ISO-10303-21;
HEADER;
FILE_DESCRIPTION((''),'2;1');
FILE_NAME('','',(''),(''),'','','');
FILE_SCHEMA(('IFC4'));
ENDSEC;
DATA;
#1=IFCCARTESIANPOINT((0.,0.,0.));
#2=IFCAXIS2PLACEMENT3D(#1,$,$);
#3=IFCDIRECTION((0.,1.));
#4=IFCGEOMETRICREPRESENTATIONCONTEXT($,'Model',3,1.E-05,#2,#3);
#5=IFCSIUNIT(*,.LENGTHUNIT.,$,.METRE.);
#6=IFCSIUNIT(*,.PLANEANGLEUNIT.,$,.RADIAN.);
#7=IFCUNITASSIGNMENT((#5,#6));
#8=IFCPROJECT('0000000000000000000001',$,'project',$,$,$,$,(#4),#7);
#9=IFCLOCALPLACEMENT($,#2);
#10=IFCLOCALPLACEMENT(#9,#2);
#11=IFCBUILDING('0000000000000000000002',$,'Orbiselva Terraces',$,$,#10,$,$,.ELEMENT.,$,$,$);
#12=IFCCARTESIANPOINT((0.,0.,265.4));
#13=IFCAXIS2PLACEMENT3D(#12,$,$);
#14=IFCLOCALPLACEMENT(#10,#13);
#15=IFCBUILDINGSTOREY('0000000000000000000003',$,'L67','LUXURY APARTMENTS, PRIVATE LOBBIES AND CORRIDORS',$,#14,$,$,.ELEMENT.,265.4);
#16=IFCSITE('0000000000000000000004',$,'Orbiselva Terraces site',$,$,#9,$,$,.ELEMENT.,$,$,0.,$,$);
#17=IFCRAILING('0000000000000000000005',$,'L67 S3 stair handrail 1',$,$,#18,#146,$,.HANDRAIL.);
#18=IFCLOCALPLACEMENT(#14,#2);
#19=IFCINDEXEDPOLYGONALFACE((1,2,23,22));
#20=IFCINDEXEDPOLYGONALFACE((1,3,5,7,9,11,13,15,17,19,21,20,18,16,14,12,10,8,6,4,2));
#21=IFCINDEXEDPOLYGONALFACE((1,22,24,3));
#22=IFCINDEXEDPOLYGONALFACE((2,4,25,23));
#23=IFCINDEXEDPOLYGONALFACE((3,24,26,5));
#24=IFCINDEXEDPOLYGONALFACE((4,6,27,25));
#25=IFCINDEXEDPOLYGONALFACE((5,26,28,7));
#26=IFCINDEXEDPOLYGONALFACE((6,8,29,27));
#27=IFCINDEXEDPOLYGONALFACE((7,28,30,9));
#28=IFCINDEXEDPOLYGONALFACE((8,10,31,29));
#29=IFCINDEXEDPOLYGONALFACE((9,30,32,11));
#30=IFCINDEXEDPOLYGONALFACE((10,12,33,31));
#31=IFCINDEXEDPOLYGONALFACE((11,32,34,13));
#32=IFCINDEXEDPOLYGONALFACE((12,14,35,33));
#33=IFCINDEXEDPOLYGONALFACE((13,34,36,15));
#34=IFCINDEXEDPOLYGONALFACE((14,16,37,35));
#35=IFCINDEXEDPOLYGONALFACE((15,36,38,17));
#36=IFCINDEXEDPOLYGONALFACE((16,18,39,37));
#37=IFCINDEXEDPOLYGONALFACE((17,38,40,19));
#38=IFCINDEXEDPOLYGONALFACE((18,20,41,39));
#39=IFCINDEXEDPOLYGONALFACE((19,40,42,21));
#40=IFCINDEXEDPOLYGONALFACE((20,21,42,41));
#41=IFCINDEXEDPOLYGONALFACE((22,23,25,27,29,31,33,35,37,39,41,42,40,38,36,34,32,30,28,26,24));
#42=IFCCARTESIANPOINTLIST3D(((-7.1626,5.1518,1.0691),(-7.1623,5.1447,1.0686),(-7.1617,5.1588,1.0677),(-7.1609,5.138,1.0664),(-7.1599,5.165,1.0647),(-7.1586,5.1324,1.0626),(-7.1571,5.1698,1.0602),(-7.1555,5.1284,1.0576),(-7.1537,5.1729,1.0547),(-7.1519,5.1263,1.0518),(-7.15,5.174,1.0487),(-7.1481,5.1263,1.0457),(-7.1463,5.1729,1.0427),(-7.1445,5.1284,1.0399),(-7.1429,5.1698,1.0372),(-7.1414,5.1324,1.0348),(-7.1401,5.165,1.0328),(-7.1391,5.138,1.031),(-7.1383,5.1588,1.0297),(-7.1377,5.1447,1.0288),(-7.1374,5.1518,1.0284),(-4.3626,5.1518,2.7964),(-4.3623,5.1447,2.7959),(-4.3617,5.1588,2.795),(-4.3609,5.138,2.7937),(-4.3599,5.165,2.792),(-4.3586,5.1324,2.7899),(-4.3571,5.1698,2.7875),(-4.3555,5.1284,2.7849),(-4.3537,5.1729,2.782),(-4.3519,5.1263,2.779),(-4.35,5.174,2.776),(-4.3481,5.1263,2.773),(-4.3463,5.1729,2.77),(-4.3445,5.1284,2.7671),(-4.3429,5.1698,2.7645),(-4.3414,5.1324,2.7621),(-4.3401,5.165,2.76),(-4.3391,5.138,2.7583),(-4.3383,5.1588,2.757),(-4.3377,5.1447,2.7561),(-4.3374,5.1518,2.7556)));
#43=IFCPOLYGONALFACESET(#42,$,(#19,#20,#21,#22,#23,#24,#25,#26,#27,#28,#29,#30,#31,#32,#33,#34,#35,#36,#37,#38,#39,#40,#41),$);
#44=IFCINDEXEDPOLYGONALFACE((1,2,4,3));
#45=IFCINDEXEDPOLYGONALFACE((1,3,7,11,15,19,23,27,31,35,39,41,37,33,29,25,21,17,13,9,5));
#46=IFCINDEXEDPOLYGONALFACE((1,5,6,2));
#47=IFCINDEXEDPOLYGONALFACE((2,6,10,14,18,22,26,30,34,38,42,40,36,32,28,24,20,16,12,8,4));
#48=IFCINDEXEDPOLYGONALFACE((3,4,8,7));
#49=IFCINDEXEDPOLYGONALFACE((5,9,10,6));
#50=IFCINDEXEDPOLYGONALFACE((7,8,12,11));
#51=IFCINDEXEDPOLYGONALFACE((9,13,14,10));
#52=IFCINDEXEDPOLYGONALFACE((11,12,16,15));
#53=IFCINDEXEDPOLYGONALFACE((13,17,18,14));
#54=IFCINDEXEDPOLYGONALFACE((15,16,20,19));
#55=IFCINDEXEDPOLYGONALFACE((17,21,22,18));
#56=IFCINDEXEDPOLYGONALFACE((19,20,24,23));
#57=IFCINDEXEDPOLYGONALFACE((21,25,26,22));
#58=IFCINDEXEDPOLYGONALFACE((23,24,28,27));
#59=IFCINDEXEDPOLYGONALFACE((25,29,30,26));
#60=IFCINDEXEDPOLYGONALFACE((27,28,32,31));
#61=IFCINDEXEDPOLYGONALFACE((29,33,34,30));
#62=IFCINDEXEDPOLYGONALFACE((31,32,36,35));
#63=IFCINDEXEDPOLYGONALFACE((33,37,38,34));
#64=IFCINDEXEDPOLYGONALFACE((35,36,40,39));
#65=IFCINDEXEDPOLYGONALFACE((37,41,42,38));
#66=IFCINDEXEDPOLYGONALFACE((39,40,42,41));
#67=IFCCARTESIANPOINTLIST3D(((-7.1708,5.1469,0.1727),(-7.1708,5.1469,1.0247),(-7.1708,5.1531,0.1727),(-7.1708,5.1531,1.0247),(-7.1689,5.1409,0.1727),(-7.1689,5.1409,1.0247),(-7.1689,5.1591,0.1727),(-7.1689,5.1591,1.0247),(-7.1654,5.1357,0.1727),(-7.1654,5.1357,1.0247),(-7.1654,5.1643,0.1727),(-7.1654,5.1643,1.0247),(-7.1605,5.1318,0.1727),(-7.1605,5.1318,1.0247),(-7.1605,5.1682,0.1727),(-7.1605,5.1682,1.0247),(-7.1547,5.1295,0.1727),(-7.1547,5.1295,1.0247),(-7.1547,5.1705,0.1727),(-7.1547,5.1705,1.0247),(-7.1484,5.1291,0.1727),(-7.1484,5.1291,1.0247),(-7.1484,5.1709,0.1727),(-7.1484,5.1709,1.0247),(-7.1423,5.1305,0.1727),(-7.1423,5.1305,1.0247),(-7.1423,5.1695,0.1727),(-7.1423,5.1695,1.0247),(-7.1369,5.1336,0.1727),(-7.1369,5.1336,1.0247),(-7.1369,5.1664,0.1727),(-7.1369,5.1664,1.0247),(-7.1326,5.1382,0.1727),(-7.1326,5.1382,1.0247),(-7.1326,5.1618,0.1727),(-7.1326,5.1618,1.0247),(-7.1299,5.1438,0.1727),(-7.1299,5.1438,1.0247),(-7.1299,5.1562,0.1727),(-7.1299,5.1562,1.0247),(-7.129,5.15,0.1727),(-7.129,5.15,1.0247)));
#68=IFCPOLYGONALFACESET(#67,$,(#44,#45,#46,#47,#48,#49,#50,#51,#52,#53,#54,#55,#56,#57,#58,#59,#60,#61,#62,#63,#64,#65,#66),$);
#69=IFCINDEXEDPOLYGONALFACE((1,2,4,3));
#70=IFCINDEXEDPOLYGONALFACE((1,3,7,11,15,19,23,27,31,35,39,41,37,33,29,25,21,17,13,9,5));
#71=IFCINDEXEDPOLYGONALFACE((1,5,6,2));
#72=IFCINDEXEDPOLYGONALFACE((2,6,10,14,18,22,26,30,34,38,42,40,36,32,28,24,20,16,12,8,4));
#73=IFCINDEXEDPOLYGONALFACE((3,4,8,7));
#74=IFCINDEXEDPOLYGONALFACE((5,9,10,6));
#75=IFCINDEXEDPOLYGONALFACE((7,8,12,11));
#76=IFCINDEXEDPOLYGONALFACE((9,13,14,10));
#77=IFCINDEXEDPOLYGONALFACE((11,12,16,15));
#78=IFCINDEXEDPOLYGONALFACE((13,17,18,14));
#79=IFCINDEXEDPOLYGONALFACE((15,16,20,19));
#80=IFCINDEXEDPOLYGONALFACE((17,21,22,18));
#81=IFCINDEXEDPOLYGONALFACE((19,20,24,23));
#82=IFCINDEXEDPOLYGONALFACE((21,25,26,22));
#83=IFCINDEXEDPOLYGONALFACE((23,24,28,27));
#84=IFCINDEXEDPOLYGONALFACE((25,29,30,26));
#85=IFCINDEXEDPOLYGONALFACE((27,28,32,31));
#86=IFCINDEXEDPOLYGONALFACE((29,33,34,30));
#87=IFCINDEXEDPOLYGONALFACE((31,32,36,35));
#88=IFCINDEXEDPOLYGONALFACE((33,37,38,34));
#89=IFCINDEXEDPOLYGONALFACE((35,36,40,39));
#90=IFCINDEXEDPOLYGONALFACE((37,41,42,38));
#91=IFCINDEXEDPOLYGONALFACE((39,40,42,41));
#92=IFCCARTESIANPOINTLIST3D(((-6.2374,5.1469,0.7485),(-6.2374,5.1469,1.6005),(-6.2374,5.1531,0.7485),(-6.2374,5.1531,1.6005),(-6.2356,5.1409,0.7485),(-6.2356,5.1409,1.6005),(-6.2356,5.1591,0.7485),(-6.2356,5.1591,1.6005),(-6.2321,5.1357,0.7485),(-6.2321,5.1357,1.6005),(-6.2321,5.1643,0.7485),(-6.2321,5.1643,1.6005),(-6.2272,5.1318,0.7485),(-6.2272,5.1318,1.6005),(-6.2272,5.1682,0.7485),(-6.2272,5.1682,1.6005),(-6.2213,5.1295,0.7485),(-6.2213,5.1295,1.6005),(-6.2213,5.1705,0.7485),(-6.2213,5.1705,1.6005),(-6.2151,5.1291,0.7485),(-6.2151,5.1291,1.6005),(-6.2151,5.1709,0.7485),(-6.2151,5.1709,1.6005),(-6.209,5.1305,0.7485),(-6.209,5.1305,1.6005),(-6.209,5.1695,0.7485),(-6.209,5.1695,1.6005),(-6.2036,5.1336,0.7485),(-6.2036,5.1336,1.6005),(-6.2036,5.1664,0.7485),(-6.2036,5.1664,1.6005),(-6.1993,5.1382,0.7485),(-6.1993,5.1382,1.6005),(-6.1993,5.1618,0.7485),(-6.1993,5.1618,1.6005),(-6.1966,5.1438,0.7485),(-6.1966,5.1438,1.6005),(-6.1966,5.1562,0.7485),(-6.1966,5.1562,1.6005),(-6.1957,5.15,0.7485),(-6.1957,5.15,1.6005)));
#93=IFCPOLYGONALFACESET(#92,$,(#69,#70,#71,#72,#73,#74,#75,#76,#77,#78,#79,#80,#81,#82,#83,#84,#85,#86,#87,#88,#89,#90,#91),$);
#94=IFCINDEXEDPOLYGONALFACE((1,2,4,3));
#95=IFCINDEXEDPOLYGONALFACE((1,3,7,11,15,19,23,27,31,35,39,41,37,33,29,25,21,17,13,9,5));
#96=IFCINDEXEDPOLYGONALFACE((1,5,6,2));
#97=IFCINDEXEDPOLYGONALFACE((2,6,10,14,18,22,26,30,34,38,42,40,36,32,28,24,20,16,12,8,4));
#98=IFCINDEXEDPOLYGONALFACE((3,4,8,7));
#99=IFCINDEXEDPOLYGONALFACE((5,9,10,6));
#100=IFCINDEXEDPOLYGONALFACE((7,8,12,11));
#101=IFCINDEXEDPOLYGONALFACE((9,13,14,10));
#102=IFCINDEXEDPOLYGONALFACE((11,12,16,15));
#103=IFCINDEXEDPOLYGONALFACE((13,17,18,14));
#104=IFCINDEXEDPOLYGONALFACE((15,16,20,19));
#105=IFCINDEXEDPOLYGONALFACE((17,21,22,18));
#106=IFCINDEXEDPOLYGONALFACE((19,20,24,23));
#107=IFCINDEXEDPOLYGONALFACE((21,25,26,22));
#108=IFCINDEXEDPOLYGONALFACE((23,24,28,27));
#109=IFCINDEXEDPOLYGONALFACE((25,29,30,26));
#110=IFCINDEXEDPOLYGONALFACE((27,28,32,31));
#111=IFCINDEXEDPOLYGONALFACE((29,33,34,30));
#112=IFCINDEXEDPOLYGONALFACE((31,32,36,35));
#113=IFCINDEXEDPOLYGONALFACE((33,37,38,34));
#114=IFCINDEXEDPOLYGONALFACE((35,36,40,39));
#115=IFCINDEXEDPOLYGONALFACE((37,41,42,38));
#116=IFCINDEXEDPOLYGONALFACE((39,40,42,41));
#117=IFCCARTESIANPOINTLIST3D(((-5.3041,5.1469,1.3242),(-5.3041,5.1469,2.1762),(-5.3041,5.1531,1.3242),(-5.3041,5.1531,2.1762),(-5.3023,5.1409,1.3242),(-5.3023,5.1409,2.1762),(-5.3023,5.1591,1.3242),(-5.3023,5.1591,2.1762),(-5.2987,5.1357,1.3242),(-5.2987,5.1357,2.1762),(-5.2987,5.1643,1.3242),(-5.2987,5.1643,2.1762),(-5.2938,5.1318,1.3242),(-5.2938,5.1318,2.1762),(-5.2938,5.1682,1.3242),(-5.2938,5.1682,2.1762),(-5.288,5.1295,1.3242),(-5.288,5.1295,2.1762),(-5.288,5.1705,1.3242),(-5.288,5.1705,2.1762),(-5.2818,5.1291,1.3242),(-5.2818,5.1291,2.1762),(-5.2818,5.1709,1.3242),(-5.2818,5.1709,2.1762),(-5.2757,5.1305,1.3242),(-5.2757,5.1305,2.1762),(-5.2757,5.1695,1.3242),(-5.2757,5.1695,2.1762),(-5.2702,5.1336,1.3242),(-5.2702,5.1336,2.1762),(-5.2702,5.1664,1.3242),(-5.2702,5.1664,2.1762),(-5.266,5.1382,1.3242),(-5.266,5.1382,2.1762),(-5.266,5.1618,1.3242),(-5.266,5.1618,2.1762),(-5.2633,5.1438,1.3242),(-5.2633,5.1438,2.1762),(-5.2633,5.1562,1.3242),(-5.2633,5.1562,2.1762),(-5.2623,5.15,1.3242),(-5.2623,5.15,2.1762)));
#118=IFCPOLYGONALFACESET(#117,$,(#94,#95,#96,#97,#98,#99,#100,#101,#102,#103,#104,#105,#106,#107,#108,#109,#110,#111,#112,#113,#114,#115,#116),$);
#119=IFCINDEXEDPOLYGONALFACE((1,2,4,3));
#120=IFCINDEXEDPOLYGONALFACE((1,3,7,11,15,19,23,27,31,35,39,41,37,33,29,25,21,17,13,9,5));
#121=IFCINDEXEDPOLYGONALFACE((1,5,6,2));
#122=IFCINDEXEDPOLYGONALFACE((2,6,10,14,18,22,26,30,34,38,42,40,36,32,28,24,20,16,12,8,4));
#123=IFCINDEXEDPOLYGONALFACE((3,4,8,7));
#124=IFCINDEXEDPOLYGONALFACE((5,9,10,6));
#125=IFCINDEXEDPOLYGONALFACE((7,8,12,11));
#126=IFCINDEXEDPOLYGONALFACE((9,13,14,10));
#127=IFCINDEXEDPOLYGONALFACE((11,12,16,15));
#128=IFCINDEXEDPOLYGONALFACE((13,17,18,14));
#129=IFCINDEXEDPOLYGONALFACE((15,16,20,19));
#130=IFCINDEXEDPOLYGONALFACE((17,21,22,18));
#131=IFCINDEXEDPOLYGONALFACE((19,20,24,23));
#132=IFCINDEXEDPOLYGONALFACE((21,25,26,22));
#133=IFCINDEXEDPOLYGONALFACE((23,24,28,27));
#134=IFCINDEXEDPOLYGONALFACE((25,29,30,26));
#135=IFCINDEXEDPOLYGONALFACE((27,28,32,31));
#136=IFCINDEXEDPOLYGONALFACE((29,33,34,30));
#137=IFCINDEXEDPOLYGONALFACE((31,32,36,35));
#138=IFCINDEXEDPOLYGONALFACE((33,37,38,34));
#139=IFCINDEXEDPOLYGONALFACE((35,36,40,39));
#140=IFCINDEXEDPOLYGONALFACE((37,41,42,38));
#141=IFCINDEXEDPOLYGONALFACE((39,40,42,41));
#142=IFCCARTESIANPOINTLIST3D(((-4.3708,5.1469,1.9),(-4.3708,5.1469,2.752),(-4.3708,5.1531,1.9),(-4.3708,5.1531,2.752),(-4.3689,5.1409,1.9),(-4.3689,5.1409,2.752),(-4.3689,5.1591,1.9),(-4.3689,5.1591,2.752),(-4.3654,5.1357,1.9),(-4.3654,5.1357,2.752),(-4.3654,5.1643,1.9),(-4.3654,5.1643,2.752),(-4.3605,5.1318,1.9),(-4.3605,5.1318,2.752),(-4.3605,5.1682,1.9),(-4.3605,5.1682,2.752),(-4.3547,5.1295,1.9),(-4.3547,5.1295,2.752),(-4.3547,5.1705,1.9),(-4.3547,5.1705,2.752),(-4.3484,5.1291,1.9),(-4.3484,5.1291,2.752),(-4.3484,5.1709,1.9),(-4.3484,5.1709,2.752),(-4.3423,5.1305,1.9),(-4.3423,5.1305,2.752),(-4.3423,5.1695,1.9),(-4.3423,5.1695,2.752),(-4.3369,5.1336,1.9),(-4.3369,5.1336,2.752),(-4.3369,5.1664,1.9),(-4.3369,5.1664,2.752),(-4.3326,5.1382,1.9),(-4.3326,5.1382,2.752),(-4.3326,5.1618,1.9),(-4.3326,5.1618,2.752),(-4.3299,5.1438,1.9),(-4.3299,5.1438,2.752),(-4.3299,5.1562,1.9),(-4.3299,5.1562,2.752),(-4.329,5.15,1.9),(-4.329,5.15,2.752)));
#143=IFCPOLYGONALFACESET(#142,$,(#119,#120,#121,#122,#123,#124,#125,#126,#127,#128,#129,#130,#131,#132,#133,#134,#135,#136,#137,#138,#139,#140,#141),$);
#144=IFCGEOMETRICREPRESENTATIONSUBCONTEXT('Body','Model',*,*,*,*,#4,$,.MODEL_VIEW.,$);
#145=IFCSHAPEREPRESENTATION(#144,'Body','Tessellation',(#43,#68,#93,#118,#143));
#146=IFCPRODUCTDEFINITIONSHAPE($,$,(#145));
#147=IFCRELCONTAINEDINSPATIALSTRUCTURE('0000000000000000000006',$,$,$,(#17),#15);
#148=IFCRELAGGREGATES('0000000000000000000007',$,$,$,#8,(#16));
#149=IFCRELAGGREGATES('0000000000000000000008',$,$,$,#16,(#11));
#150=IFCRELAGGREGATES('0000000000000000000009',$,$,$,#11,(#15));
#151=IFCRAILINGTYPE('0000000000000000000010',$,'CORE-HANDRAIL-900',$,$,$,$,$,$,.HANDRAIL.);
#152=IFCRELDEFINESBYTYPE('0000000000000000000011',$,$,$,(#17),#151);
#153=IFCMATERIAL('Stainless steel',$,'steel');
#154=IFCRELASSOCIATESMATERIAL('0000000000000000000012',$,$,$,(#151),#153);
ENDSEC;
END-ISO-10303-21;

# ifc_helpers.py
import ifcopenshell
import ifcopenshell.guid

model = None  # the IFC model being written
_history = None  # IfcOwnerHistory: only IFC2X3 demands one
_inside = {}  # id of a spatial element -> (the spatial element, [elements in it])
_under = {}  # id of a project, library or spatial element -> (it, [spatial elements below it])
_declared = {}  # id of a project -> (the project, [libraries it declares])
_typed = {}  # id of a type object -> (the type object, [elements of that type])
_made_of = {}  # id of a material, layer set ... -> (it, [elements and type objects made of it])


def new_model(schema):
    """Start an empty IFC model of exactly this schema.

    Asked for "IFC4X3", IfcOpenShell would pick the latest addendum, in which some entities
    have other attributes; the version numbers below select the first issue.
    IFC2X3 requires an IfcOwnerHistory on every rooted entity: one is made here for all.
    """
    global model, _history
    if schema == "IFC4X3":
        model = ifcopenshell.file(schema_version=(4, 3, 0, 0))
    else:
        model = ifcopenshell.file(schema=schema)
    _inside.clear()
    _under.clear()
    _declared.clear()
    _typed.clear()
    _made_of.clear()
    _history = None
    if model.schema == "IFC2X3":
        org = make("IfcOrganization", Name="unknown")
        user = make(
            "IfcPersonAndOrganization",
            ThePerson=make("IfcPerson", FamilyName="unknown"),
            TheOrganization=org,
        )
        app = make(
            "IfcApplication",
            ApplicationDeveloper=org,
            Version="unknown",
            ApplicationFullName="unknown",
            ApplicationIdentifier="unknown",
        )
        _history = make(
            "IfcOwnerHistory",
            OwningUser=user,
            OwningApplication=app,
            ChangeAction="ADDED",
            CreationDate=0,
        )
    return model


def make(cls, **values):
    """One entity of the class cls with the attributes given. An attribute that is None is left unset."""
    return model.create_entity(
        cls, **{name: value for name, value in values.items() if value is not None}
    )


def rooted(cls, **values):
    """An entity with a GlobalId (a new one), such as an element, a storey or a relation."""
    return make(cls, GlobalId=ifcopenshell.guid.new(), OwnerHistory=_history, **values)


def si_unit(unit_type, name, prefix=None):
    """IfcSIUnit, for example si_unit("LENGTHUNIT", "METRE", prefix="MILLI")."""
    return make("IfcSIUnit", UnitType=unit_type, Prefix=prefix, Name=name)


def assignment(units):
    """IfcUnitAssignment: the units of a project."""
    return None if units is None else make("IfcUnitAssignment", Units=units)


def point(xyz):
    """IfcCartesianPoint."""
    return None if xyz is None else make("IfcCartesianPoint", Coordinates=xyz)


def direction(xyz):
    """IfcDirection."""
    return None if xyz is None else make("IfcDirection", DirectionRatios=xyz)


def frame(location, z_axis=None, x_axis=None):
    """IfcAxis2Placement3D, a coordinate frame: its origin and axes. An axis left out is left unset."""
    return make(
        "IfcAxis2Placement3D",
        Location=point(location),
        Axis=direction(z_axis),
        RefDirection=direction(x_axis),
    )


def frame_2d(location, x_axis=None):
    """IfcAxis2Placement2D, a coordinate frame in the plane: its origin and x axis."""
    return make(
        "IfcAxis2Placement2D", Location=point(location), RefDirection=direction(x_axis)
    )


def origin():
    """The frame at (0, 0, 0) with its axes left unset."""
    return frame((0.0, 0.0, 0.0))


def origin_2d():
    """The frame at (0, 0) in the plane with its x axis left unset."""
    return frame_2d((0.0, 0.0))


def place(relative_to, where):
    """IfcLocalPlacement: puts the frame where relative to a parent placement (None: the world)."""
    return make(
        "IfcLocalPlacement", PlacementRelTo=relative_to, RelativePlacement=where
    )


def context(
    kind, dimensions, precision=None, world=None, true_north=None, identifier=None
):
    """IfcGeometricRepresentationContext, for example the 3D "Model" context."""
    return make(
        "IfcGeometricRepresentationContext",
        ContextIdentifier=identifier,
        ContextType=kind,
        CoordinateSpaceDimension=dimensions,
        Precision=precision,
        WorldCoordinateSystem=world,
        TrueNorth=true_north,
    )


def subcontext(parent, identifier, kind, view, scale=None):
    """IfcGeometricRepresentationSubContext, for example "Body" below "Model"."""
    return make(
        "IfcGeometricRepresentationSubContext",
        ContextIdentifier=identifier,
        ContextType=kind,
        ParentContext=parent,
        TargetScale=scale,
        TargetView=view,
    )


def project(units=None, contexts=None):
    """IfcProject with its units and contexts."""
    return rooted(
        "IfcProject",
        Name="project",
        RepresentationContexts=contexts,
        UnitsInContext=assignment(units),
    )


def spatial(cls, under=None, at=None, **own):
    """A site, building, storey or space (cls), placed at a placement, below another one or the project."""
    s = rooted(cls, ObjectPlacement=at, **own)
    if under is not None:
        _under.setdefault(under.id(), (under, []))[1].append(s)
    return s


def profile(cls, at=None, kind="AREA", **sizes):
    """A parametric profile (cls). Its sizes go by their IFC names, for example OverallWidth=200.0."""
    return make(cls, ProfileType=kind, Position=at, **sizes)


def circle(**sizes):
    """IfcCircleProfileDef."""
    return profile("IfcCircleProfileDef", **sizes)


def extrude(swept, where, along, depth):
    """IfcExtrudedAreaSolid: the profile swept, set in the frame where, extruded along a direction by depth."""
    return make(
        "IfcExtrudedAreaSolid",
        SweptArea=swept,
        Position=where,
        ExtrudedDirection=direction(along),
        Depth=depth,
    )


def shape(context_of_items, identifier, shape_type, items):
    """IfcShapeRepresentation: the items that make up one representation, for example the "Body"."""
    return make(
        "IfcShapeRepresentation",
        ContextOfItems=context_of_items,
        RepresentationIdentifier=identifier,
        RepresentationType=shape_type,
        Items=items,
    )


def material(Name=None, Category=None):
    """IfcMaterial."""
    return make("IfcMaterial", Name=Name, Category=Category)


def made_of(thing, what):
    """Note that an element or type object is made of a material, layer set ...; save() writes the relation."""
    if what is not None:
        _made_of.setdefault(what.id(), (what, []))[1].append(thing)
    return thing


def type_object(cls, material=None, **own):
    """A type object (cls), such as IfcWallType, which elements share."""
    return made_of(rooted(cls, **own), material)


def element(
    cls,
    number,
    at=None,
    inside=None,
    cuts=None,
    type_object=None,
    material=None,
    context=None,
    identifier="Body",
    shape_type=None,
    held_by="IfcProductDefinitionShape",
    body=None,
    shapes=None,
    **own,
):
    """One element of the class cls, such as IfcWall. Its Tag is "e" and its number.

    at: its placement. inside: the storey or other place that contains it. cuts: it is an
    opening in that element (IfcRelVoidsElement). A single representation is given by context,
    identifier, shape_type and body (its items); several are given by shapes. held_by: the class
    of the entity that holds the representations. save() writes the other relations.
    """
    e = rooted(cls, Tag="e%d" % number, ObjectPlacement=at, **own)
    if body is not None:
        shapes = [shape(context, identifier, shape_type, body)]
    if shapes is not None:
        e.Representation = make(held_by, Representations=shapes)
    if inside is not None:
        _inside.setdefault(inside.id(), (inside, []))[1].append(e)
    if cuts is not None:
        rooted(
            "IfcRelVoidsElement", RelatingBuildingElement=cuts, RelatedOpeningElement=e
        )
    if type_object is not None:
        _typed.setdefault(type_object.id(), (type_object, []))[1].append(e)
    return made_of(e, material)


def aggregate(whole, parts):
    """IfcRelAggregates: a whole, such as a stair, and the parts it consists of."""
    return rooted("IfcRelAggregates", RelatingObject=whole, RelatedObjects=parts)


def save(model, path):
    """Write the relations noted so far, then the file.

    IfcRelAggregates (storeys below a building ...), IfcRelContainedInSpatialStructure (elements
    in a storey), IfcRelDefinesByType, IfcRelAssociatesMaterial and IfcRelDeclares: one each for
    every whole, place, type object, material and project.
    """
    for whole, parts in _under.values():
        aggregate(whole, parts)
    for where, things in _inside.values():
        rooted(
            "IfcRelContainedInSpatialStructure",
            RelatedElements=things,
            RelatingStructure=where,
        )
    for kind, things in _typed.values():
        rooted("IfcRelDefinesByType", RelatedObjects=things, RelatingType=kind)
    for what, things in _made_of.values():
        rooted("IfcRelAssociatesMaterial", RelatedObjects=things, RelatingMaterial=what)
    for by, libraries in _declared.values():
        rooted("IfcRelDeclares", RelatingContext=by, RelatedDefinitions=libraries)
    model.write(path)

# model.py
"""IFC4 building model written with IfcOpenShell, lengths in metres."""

from ifc_helpers import new_model, si_unit, direction, frame, origin, origin_2d, place, context, subcontext, project, spatial, circle, extrude, material, type_object, element, save


model = new_model("IFC4")

# Units and contexts
model_context = context("Model", 3, precision=1e-05, world=origin(), true_north=direction((0.0, 1.0)))
body_context = subcontext(model_context, "Body", "Model", "MODEL_VIEW")
ifc_project = project(units=[si_unit("LENGTHUNIT", "METRE"), si_unit("PLANEANGLEUNIT", "RADIAN")], contexts=[model_context])

# Site, building, storey
site_placement = place(None, origin())
site = spatial("IfcSite", under=ifc_project, at=site_placement, Name="Orbiselva Terraces site", CompositionType="ELEMENT", RefElevation=0.0)
building_placement = place(site_placement, origin())
building = spatial("IfcBuilding", under=site, at=building_placement, Name="Orbiselva Terraces", CompositionType="ELEMENT")
storey_placement = place(building_placement, frame((0.0, 0.0, 265.4)))
storey = spatial("IfcBuildingStorey", under=building, at=storey_placement, Name="L67", Description="LUXURY APARTMENTS, PRIVATE LOBBIES AND CORRIDORS", CompositionType="ELEMENT", Elevation=265.4)

# Railing
ifc_material_1 = material(Name="Stainless steel", Category="steel")
railing_type_1 = type_object("IfcRailingType", Name="CORE-HANDRAIL-900", PredefinedType="HANDRAIL", material=ifc_material_1)
railing_1_placement = place(storey_placement, frame((-7.15, 5.15, 0.1727)))
element("IfcRailing", 1, at=railing_1_placement, inside=storey, type_object=railing_type_1, Name="L67 S3 stair handrail 1", PredefinedType="HANDRAIL", context=body_context, shape_type="SweptSolid", body=[
    extrude(circle(Radius=0.024, at=origin_2d()), frame((0.0, 0.0, 0.876), z_axis=(0.851089, 0.0, 0.525022), x_axis=(0.0, 1.0, 0.0)), (0.0, 0.0, 1.0), 3.2899),
    extrude(circle(Radius=0.021, at=origin_2d()), origin(), (0.0, 0.0, 1.0), 0.852),
    extrude(circle(Radius=0.021, at=origin_2d()), frame((0.9333, 0.0, 0.5758)), (0.0, 0.0, 1.0), 0.852),
    extrude(circle(Radius=0.021, at=origin_2d()), frame((1.8667, 0.0, 1.1515)), (0.0, 0.0, 1.0), 0.852),
    extrude(circle(Radius=0.021, at=origin_2d()), frame((2.8, 0.0, 1.7273)), (0.0, 0.0, 1.0), 0.852),
])

save(model, "model.ifc")
